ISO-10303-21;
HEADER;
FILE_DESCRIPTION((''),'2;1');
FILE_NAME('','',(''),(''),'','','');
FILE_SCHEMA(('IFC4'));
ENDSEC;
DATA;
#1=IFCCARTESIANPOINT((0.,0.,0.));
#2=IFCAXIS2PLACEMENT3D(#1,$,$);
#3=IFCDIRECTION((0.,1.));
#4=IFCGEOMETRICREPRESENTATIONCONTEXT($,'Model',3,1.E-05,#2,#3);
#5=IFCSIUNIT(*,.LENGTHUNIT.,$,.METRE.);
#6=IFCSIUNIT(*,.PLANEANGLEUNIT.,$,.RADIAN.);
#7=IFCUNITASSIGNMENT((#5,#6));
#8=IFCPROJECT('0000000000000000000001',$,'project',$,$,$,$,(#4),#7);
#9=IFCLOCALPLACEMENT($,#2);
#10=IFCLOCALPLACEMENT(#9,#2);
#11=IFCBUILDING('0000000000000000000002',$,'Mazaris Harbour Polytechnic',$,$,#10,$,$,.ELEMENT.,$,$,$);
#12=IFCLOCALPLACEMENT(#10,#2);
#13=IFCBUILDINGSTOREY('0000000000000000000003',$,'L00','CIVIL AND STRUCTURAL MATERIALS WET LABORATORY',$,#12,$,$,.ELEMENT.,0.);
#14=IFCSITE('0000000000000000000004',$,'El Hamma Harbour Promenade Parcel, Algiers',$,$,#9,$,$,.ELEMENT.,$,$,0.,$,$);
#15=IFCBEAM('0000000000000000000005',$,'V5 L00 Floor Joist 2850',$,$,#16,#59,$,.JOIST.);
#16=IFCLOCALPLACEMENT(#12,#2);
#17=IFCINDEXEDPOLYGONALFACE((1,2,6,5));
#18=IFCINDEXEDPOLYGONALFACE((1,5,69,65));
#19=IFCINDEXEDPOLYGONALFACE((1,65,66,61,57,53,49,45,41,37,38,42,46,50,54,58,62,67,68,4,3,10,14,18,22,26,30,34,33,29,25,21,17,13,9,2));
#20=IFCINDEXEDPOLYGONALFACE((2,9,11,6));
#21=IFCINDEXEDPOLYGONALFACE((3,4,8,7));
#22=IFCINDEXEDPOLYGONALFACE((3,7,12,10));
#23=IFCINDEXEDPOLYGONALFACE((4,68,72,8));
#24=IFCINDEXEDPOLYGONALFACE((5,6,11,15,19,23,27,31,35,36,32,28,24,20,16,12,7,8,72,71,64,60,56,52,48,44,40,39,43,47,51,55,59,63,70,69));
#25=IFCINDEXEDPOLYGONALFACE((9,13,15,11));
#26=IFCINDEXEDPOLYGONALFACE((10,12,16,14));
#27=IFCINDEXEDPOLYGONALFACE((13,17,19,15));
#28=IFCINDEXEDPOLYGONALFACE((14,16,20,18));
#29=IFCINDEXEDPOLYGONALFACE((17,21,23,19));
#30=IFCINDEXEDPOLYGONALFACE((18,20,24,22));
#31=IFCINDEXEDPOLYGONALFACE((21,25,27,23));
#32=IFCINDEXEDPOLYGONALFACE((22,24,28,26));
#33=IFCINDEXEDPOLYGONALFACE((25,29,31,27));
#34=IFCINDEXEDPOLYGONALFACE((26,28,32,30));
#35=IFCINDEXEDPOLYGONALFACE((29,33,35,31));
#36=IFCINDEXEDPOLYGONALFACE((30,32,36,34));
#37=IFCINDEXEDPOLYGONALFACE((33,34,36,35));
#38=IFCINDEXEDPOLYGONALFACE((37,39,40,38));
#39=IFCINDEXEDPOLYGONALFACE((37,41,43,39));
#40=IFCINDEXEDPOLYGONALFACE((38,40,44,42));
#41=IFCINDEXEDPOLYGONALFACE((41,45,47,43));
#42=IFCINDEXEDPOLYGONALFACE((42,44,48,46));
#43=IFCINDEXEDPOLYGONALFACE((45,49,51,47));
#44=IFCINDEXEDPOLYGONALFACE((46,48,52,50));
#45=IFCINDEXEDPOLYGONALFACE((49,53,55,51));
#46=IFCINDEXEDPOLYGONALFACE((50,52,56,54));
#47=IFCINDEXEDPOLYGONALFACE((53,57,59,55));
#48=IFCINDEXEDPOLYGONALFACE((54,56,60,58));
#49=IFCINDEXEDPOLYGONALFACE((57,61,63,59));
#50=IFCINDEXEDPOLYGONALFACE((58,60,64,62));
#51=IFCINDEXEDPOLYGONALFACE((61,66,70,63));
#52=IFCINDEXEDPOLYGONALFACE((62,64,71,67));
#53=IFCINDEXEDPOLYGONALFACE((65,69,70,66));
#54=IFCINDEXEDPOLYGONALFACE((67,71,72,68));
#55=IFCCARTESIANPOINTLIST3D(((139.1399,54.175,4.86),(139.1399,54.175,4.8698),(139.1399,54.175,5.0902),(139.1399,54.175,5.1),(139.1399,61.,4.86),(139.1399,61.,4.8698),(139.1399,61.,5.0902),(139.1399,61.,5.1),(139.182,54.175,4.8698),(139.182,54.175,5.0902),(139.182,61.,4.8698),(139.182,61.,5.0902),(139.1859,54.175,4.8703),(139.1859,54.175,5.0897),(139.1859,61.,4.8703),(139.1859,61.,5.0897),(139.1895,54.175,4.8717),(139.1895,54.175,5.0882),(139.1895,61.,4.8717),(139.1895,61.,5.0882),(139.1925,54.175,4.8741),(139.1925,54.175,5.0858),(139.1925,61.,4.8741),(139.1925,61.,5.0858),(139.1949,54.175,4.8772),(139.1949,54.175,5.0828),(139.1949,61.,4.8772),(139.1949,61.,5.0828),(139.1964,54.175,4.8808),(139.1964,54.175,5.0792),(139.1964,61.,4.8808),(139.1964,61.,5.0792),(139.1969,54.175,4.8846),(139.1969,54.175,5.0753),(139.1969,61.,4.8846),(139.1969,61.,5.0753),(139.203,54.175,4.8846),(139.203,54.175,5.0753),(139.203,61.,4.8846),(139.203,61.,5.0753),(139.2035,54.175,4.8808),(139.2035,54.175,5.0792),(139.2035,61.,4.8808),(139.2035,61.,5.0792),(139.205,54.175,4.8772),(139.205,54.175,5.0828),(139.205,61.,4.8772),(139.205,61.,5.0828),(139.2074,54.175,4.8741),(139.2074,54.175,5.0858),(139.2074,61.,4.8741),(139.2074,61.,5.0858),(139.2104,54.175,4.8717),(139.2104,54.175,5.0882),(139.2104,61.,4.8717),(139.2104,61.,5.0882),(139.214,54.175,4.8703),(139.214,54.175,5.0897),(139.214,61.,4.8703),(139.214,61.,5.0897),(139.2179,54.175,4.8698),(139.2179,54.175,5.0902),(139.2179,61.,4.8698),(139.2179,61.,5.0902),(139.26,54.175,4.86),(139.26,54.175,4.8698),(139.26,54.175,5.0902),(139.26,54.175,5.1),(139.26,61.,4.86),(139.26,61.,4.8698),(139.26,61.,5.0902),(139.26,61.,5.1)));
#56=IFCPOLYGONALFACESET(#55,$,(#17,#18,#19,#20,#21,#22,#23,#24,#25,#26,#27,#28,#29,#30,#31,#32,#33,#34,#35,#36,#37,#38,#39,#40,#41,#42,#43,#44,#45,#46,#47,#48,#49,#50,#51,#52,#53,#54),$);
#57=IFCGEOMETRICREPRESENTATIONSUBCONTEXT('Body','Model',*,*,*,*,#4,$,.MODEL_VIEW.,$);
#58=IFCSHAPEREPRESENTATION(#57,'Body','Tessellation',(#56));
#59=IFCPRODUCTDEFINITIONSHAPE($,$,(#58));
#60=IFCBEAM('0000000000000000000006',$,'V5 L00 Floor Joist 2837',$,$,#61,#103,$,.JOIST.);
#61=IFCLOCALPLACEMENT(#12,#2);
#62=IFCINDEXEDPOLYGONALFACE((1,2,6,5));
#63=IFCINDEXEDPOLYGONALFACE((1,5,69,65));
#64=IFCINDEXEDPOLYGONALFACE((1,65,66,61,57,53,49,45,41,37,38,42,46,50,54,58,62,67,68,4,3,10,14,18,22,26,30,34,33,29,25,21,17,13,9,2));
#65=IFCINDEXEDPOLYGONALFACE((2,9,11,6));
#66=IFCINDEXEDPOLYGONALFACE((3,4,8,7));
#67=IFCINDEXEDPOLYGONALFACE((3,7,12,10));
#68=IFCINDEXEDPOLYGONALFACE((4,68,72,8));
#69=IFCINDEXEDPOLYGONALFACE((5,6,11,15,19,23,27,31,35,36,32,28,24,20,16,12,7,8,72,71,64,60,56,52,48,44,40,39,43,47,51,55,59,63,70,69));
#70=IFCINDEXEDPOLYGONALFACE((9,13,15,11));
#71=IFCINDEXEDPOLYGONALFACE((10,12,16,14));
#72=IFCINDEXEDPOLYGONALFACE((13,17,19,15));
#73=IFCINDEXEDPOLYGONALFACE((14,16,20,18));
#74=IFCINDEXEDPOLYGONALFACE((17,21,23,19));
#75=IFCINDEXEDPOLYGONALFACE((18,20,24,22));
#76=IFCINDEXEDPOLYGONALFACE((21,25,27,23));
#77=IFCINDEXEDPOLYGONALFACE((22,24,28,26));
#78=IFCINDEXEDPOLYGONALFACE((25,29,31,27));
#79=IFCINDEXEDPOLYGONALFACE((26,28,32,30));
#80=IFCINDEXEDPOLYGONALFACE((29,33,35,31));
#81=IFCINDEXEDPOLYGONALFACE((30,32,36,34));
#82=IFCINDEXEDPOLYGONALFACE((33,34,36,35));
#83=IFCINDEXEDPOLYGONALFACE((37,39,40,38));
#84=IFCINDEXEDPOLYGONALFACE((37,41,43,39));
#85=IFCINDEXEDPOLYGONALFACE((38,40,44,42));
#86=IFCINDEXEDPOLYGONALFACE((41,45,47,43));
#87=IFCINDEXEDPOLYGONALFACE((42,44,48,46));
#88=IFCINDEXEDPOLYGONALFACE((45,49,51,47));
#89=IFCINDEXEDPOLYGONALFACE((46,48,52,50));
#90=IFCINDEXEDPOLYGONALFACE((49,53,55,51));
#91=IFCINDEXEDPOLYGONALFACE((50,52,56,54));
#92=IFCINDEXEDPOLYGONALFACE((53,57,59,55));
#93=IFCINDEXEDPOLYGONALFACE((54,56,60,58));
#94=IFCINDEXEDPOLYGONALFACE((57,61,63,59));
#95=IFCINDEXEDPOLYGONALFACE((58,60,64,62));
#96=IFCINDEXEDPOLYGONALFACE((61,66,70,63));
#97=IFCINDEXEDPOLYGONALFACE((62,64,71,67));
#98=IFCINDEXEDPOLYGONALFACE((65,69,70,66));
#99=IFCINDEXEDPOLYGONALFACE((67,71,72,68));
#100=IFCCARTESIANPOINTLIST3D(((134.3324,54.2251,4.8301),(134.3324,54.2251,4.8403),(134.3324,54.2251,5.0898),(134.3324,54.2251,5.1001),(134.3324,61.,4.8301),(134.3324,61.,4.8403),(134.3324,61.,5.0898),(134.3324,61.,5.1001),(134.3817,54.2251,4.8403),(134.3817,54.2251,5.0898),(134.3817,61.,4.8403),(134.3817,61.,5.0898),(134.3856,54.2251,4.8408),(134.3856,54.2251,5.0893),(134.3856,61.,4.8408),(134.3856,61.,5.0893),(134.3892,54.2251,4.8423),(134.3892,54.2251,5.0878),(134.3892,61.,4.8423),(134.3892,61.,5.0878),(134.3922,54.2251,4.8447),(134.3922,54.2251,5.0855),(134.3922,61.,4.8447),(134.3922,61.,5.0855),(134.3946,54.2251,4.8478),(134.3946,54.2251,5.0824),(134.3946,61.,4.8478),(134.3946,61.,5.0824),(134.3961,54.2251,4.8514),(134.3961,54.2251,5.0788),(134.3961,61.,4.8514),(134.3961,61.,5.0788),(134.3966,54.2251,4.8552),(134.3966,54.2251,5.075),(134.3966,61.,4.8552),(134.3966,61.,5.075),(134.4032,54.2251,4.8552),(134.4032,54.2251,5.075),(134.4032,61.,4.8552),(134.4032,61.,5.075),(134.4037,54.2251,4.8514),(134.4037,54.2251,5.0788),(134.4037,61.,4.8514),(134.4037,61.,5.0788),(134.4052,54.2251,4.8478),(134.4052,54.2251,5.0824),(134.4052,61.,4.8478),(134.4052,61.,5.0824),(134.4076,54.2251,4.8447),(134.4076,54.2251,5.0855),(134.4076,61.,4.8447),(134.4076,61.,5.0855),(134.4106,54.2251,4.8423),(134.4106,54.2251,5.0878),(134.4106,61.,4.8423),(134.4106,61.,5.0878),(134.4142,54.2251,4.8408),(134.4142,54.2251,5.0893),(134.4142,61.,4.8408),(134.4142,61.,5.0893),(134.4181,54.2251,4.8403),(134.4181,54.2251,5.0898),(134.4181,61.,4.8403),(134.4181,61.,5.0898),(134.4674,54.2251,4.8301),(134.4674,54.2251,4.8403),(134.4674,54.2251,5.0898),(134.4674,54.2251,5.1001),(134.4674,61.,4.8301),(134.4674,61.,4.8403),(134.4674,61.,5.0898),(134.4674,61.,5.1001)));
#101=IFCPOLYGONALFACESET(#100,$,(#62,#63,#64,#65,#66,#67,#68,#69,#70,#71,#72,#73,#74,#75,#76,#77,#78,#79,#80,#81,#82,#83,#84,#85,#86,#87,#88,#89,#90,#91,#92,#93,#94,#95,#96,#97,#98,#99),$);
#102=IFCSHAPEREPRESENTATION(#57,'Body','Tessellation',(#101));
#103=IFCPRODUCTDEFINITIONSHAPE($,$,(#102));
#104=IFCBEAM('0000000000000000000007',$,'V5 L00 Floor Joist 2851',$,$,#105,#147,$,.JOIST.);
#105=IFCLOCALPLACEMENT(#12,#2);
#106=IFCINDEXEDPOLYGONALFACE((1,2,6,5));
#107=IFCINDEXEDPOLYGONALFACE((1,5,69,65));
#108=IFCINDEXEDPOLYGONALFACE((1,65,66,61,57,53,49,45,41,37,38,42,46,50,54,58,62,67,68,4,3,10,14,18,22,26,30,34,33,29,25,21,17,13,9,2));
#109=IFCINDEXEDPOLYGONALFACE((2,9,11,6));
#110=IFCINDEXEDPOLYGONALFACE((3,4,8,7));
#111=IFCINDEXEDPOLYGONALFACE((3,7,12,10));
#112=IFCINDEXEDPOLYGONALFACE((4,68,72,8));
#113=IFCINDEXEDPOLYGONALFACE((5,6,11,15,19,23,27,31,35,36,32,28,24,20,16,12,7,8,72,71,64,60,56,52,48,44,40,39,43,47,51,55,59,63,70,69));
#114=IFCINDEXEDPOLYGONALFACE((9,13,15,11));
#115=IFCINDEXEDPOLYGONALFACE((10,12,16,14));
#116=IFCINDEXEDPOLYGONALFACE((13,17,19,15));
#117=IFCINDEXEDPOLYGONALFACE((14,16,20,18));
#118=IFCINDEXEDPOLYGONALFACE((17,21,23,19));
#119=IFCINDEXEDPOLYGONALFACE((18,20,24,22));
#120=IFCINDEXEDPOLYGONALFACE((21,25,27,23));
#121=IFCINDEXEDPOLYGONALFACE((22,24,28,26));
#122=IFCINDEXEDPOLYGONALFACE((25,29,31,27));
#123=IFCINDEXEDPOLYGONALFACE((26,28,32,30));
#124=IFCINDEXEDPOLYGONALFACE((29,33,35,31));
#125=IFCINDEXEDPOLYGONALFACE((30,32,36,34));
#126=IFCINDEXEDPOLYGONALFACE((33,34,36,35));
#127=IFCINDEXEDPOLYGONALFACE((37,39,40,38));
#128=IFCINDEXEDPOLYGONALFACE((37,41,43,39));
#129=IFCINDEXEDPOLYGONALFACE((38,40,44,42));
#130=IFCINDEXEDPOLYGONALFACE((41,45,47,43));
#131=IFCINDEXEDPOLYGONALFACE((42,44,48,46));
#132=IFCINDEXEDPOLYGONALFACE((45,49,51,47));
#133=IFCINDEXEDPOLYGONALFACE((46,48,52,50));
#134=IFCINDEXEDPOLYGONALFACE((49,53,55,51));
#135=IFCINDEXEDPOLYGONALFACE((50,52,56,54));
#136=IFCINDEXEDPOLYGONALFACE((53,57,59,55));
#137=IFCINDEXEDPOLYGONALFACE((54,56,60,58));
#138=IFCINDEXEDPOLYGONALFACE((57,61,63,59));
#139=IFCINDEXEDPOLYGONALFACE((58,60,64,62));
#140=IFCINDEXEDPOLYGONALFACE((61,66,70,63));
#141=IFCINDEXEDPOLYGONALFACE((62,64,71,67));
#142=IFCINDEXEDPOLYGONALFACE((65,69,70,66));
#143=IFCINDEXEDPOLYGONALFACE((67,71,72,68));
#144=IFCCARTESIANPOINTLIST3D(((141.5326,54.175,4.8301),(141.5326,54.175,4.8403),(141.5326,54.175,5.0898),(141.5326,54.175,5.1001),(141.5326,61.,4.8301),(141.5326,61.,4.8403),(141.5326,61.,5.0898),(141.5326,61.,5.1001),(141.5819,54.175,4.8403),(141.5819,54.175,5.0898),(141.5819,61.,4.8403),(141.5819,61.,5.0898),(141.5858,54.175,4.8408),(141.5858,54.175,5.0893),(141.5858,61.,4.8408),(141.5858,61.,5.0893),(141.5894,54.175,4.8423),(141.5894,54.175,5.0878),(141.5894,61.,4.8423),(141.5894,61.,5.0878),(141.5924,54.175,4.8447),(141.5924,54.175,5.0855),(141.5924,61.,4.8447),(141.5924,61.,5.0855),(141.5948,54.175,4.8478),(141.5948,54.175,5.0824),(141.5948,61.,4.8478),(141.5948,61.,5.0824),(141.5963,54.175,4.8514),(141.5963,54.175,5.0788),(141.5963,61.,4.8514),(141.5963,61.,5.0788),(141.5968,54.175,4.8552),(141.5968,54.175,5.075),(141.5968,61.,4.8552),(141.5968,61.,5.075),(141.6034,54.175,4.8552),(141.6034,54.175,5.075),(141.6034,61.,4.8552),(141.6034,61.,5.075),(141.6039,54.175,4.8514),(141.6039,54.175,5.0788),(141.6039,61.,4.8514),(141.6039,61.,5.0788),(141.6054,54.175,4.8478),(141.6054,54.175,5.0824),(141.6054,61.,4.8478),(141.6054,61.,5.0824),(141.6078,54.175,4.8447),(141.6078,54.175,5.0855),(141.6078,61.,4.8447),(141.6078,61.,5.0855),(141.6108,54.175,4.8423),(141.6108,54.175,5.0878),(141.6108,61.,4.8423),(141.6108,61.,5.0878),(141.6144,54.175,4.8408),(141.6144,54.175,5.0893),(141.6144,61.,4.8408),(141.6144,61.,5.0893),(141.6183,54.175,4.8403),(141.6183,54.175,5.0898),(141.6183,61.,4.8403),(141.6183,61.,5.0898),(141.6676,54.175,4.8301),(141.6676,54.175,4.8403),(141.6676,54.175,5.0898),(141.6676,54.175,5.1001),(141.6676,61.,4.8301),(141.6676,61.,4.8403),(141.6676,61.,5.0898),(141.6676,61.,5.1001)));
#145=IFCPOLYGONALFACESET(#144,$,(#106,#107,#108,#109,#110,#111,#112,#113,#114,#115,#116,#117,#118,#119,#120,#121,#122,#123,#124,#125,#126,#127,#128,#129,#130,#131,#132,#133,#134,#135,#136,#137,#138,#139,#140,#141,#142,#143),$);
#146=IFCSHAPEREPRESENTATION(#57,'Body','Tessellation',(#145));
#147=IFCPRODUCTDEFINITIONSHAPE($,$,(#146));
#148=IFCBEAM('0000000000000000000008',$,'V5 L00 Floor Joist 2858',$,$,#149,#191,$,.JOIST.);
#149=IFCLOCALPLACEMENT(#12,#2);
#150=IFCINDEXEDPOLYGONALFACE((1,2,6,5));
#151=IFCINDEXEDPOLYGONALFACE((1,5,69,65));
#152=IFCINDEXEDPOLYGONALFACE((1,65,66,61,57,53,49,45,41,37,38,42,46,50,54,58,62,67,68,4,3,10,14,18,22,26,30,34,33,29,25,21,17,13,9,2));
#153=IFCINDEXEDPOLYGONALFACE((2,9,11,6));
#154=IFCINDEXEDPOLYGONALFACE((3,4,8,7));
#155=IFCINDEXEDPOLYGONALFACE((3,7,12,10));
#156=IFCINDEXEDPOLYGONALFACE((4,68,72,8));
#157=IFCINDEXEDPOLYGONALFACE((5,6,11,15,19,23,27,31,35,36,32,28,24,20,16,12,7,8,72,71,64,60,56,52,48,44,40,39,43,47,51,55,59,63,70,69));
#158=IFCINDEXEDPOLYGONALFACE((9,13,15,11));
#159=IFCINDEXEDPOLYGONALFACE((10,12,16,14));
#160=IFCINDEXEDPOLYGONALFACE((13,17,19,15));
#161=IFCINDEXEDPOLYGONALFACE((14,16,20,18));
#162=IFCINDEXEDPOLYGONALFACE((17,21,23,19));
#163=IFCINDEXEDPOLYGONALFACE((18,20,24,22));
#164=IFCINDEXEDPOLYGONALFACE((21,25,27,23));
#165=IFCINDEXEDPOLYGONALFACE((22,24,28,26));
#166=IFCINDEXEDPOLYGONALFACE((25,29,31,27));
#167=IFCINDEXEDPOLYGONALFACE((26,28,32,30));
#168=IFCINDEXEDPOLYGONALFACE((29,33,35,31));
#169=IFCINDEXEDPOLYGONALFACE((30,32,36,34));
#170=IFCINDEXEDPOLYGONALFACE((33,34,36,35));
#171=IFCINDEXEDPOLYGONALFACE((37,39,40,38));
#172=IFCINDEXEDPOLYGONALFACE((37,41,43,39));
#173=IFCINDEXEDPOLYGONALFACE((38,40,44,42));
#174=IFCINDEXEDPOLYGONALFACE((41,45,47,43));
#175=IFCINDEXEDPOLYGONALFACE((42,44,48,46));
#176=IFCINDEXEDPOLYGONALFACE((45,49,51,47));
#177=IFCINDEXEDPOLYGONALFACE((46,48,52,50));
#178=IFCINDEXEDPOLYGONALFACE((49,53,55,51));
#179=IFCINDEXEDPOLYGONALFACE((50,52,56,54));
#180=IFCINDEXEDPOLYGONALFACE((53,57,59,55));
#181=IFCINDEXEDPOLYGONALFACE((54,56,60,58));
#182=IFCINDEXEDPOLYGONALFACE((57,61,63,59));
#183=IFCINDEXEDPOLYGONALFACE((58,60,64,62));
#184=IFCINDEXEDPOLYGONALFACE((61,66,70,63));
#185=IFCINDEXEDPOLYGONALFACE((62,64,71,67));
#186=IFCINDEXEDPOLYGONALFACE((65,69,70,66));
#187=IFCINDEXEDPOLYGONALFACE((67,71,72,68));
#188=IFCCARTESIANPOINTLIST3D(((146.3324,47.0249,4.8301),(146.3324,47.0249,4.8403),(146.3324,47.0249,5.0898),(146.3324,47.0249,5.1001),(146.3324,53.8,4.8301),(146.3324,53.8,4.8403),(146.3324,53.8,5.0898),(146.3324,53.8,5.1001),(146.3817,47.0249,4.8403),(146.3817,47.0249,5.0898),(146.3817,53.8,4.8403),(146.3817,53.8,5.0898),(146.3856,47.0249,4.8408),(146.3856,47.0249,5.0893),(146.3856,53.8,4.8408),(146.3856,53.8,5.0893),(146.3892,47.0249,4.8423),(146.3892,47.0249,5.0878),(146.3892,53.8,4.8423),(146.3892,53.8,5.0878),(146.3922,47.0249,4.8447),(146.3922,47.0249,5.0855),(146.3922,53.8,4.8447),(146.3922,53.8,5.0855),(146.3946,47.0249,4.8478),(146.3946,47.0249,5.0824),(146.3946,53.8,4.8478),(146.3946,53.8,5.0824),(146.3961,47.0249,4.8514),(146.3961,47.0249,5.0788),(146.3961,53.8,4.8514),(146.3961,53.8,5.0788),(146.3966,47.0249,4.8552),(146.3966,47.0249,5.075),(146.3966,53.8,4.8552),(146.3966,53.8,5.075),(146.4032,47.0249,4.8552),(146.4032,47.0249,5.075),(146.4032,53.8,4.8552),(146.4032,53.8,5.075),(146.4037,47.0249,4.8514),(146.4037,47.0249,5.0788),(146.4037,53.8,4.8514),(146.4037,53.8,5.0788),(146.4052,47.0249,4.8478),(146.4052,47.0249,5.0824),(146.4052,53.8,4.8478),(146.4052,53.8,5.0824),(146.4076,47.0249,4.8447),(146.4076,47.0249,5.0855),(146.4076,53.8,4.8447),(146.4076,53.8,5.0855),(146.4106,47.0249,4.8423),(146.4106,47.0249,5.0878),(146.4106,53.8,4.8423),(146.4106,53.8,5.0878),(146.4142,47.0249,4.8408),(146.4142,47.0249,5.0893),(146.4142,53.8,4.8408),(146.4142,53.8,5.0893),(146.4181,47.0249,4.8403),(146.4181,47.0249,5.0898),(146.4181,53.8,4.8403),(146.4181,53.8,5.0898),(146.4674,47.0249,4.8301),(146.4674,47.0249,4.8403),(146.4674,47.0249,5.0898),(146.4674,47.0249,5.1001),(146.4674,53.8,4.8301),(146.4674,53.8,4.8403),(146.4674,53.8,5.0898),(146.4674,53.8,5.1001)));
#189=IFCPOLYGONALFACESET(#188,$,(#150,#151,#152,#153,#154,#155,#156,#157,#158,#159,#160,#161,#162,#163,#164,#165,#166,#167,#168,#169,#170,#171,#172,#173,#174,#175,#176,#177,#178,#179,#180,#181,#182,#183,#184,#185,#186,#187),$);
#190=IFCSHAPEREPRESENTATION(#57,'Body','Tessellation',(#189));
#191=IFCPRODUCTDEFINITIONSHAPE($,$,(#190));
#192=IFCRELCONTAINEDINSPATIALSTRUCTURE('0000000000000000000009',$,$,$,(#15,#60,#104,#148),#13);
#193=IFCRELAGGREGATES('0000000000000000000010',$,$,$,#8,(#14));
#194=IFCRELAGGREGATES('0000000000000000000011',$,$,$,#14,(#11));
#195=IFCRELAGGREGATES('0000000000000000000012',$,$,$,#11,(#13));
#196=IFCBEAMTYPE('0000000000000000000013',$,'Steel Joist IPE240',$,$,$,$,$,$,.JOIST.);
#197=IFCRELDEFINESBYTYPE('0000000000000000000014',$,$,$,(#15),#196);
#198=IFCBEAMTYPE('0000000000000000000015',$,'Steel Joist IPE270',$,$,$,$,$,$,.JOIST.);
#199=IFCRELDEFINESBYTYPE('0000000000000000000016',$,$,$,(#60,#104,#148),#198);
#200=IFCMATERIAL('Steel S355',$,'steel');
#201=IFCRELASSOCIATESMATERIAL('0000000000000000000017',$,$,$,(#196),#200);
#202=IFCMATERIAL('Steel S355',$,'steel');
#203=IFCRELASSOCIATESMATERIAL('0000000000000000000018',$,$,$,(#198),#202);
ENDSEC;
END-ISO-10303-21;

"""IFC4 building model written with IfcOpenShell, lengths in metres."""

from ifc_helpers import new_model, si_unit, direction, frame, origin, origin_2d, place, context, subcontext, project, spatial, i_section, extrude, material, material_profile, profile_set, type_object, element, save


model = new_model("IFC4")

# Units and contexts
model_context = context("Model", 3, precision=1e-05, world=origin(), true_north=direction((0.0, 1.0)))
body_context = subcontext(model_context, "Body", "Model", "MODEL_VIEW")
ifc_project = project(units=[si_unit("LENGTHUNIT", "METRE"), si_unit("PLANEANGLEUNIT", "RADIAN")], contexts=[model_context])

# Site, building, storey
site_placement = place(None, origin())
site = spatial("IfcSite", under=ifc_project, at=site_placement, Name="El Hamma Harbour Promenade Parcel, Algiers", CompositionType="ELEMENT", RefElevation=0.0)
building_placement = place(site_placement, origin())
building = spatial("IfcBuilding", under=site, at=building_placement, Name="Mazaris Harbour Polytechnic", CompositionType="ELEMENT")
storey_placement = place(building_placement, origin())
storey = spatial("IfcBuildingStorey", under=building, at=storey_placement, Name="L00", Description="CIVIL AND STRUCTURAL MATERIALS WET LABORATORY", CompositionType="ELEMENT", Elevation=0.0)

# Beams
ifc_material_1 = material(Name="Steel S355", Category="steel")
ifc_material_profile_1 = material_profile(ifc_material_1, i_section(OverallWidth=0.1201, OverallDepth=0.24, WebThickness=0.0061, FlangeThickness=0.0098, FilletRadius=0.0149, at=origin_2d()), Name="IPE 240")
ifc_profile_set_1 = profile_set([ifc_material_profile_1], Name="Steel S355")
beam_type_1 = type_object("IfcBeamType", Name="Steel Joist IPE240", PredefinedType="JOIST", material=ifc_profile_set_1)
beam_1_placement = place(storey_placement, frame((139.2, 54.175, 4.98), z_axis=(0.0, 1.0, 0.0), x_axis=(-1.0, 0.0, 0.0)))
element("IfcBeam", 1, at=beam_1_placement, inside=storey, type_object=beam_type_1, Name="V5 L00 Floor Joist 2850", PredefinedType="JOIST", context=body_context, shape_type="SweptSolid", body=[
    extrude(i_section(OverallWidth=0.1201, OverallDepth=0.24, WebThickness=0.0061, FlangeThickness=0.0098, FilletRadius=0.0149, at=origin_2d()), origin(), (0.0, 0.0, 1.0), 6.825),
])
ifc_material_2 = material(Name="Steel S355", Category="steel")
ifc_material_profile_2 = material_profile(ifc_material_2, i_section(OverallWidth=0.135, OverallDepth=0.27, WebThickness=0.0066, FlangeThickness=0.0103, FilletRadius=0.0149, at=origin_2d()), Name="IPE 270")
ifc_profile_set_2 = profile_set([ifc_material_profile_2], Name="Steel S355")
beam_type_2 = type_object("IfcBeamType", Name="Steel Joist IPE270", PredefinedType="JOIST", material=ifc_profile_set_2)
beam_2_placement = place(storey_placement, frame((134.3999, 54.2251, 4.9651), z_axis=(0.0, 1.0, 0.0), x_axis=(-1.0, 0.0, 0.0)))
element("IfcBeam", 2, at=beam_2_placement, inside=storey, type_object=beam_type_2, Name="V5 L00 Floor Joist 2837", PredefinedType="JOIST", context=body_context, shape_type="SweptSolid", body=[
    extrude(i_section(OverallWidth=0.135, OverallDepth=0.27, WebThickness=0.0066, FlangeThickness=0.0103, FilletRadius=0.0149, at=origin_2d()), origin(), (0.0, 0.0, 1.0), 6.7749),
])
beam_3_placement = place(storey_placement, frame((141.6001, 54.175, 4.9651), z_axis=(0.0, 1.0, 0.0), x_axis=(-1.0, 0.0, 0.0)))
element("IfcBeam", 3, at=beam_3_placement, inside=storey, type_object=beam_type_2, Name="V5 L00 Floor Joist 2851", PredefinedType="JOIST", context=body_context, shape_type="SweptSolid", body=[
    extrude(i_section(OverallWidth=0.135, OverallDepth=0.27, WebThickness=0.0066, FlangeThickness=0.0103, FilletRadius=0.0149, at=origin_2d()), origin(), (0.0, 0.0, 1.0), 6.825),
])
beam_4_placement = place(storey_placement, frame((146.3999, 47.0249, 4.9651), z_axis=(0.0, 1.0, 0.0), x_axis=(-1.0, 0.0, 0.0)))
element("IfcBeam", 4, at=beam_4_placement, inside=storey, type_object=beam_type_2, Name="V5 L00 Floor Joist 2858", PredefinedType="JOIST", context=body_context, shape_type="SweptSolid", body=[
    extrude(i_section(OverallWidth=0.135, OverallDepth=0.27, WebThickness=0.0066, FlangeThickness=0.0103, FilletRadius=0.0149, at=origin_2d()), origin(), (0.0, 0.0, 1.0), 6.7751),
])

save(model, "model.ifc")
